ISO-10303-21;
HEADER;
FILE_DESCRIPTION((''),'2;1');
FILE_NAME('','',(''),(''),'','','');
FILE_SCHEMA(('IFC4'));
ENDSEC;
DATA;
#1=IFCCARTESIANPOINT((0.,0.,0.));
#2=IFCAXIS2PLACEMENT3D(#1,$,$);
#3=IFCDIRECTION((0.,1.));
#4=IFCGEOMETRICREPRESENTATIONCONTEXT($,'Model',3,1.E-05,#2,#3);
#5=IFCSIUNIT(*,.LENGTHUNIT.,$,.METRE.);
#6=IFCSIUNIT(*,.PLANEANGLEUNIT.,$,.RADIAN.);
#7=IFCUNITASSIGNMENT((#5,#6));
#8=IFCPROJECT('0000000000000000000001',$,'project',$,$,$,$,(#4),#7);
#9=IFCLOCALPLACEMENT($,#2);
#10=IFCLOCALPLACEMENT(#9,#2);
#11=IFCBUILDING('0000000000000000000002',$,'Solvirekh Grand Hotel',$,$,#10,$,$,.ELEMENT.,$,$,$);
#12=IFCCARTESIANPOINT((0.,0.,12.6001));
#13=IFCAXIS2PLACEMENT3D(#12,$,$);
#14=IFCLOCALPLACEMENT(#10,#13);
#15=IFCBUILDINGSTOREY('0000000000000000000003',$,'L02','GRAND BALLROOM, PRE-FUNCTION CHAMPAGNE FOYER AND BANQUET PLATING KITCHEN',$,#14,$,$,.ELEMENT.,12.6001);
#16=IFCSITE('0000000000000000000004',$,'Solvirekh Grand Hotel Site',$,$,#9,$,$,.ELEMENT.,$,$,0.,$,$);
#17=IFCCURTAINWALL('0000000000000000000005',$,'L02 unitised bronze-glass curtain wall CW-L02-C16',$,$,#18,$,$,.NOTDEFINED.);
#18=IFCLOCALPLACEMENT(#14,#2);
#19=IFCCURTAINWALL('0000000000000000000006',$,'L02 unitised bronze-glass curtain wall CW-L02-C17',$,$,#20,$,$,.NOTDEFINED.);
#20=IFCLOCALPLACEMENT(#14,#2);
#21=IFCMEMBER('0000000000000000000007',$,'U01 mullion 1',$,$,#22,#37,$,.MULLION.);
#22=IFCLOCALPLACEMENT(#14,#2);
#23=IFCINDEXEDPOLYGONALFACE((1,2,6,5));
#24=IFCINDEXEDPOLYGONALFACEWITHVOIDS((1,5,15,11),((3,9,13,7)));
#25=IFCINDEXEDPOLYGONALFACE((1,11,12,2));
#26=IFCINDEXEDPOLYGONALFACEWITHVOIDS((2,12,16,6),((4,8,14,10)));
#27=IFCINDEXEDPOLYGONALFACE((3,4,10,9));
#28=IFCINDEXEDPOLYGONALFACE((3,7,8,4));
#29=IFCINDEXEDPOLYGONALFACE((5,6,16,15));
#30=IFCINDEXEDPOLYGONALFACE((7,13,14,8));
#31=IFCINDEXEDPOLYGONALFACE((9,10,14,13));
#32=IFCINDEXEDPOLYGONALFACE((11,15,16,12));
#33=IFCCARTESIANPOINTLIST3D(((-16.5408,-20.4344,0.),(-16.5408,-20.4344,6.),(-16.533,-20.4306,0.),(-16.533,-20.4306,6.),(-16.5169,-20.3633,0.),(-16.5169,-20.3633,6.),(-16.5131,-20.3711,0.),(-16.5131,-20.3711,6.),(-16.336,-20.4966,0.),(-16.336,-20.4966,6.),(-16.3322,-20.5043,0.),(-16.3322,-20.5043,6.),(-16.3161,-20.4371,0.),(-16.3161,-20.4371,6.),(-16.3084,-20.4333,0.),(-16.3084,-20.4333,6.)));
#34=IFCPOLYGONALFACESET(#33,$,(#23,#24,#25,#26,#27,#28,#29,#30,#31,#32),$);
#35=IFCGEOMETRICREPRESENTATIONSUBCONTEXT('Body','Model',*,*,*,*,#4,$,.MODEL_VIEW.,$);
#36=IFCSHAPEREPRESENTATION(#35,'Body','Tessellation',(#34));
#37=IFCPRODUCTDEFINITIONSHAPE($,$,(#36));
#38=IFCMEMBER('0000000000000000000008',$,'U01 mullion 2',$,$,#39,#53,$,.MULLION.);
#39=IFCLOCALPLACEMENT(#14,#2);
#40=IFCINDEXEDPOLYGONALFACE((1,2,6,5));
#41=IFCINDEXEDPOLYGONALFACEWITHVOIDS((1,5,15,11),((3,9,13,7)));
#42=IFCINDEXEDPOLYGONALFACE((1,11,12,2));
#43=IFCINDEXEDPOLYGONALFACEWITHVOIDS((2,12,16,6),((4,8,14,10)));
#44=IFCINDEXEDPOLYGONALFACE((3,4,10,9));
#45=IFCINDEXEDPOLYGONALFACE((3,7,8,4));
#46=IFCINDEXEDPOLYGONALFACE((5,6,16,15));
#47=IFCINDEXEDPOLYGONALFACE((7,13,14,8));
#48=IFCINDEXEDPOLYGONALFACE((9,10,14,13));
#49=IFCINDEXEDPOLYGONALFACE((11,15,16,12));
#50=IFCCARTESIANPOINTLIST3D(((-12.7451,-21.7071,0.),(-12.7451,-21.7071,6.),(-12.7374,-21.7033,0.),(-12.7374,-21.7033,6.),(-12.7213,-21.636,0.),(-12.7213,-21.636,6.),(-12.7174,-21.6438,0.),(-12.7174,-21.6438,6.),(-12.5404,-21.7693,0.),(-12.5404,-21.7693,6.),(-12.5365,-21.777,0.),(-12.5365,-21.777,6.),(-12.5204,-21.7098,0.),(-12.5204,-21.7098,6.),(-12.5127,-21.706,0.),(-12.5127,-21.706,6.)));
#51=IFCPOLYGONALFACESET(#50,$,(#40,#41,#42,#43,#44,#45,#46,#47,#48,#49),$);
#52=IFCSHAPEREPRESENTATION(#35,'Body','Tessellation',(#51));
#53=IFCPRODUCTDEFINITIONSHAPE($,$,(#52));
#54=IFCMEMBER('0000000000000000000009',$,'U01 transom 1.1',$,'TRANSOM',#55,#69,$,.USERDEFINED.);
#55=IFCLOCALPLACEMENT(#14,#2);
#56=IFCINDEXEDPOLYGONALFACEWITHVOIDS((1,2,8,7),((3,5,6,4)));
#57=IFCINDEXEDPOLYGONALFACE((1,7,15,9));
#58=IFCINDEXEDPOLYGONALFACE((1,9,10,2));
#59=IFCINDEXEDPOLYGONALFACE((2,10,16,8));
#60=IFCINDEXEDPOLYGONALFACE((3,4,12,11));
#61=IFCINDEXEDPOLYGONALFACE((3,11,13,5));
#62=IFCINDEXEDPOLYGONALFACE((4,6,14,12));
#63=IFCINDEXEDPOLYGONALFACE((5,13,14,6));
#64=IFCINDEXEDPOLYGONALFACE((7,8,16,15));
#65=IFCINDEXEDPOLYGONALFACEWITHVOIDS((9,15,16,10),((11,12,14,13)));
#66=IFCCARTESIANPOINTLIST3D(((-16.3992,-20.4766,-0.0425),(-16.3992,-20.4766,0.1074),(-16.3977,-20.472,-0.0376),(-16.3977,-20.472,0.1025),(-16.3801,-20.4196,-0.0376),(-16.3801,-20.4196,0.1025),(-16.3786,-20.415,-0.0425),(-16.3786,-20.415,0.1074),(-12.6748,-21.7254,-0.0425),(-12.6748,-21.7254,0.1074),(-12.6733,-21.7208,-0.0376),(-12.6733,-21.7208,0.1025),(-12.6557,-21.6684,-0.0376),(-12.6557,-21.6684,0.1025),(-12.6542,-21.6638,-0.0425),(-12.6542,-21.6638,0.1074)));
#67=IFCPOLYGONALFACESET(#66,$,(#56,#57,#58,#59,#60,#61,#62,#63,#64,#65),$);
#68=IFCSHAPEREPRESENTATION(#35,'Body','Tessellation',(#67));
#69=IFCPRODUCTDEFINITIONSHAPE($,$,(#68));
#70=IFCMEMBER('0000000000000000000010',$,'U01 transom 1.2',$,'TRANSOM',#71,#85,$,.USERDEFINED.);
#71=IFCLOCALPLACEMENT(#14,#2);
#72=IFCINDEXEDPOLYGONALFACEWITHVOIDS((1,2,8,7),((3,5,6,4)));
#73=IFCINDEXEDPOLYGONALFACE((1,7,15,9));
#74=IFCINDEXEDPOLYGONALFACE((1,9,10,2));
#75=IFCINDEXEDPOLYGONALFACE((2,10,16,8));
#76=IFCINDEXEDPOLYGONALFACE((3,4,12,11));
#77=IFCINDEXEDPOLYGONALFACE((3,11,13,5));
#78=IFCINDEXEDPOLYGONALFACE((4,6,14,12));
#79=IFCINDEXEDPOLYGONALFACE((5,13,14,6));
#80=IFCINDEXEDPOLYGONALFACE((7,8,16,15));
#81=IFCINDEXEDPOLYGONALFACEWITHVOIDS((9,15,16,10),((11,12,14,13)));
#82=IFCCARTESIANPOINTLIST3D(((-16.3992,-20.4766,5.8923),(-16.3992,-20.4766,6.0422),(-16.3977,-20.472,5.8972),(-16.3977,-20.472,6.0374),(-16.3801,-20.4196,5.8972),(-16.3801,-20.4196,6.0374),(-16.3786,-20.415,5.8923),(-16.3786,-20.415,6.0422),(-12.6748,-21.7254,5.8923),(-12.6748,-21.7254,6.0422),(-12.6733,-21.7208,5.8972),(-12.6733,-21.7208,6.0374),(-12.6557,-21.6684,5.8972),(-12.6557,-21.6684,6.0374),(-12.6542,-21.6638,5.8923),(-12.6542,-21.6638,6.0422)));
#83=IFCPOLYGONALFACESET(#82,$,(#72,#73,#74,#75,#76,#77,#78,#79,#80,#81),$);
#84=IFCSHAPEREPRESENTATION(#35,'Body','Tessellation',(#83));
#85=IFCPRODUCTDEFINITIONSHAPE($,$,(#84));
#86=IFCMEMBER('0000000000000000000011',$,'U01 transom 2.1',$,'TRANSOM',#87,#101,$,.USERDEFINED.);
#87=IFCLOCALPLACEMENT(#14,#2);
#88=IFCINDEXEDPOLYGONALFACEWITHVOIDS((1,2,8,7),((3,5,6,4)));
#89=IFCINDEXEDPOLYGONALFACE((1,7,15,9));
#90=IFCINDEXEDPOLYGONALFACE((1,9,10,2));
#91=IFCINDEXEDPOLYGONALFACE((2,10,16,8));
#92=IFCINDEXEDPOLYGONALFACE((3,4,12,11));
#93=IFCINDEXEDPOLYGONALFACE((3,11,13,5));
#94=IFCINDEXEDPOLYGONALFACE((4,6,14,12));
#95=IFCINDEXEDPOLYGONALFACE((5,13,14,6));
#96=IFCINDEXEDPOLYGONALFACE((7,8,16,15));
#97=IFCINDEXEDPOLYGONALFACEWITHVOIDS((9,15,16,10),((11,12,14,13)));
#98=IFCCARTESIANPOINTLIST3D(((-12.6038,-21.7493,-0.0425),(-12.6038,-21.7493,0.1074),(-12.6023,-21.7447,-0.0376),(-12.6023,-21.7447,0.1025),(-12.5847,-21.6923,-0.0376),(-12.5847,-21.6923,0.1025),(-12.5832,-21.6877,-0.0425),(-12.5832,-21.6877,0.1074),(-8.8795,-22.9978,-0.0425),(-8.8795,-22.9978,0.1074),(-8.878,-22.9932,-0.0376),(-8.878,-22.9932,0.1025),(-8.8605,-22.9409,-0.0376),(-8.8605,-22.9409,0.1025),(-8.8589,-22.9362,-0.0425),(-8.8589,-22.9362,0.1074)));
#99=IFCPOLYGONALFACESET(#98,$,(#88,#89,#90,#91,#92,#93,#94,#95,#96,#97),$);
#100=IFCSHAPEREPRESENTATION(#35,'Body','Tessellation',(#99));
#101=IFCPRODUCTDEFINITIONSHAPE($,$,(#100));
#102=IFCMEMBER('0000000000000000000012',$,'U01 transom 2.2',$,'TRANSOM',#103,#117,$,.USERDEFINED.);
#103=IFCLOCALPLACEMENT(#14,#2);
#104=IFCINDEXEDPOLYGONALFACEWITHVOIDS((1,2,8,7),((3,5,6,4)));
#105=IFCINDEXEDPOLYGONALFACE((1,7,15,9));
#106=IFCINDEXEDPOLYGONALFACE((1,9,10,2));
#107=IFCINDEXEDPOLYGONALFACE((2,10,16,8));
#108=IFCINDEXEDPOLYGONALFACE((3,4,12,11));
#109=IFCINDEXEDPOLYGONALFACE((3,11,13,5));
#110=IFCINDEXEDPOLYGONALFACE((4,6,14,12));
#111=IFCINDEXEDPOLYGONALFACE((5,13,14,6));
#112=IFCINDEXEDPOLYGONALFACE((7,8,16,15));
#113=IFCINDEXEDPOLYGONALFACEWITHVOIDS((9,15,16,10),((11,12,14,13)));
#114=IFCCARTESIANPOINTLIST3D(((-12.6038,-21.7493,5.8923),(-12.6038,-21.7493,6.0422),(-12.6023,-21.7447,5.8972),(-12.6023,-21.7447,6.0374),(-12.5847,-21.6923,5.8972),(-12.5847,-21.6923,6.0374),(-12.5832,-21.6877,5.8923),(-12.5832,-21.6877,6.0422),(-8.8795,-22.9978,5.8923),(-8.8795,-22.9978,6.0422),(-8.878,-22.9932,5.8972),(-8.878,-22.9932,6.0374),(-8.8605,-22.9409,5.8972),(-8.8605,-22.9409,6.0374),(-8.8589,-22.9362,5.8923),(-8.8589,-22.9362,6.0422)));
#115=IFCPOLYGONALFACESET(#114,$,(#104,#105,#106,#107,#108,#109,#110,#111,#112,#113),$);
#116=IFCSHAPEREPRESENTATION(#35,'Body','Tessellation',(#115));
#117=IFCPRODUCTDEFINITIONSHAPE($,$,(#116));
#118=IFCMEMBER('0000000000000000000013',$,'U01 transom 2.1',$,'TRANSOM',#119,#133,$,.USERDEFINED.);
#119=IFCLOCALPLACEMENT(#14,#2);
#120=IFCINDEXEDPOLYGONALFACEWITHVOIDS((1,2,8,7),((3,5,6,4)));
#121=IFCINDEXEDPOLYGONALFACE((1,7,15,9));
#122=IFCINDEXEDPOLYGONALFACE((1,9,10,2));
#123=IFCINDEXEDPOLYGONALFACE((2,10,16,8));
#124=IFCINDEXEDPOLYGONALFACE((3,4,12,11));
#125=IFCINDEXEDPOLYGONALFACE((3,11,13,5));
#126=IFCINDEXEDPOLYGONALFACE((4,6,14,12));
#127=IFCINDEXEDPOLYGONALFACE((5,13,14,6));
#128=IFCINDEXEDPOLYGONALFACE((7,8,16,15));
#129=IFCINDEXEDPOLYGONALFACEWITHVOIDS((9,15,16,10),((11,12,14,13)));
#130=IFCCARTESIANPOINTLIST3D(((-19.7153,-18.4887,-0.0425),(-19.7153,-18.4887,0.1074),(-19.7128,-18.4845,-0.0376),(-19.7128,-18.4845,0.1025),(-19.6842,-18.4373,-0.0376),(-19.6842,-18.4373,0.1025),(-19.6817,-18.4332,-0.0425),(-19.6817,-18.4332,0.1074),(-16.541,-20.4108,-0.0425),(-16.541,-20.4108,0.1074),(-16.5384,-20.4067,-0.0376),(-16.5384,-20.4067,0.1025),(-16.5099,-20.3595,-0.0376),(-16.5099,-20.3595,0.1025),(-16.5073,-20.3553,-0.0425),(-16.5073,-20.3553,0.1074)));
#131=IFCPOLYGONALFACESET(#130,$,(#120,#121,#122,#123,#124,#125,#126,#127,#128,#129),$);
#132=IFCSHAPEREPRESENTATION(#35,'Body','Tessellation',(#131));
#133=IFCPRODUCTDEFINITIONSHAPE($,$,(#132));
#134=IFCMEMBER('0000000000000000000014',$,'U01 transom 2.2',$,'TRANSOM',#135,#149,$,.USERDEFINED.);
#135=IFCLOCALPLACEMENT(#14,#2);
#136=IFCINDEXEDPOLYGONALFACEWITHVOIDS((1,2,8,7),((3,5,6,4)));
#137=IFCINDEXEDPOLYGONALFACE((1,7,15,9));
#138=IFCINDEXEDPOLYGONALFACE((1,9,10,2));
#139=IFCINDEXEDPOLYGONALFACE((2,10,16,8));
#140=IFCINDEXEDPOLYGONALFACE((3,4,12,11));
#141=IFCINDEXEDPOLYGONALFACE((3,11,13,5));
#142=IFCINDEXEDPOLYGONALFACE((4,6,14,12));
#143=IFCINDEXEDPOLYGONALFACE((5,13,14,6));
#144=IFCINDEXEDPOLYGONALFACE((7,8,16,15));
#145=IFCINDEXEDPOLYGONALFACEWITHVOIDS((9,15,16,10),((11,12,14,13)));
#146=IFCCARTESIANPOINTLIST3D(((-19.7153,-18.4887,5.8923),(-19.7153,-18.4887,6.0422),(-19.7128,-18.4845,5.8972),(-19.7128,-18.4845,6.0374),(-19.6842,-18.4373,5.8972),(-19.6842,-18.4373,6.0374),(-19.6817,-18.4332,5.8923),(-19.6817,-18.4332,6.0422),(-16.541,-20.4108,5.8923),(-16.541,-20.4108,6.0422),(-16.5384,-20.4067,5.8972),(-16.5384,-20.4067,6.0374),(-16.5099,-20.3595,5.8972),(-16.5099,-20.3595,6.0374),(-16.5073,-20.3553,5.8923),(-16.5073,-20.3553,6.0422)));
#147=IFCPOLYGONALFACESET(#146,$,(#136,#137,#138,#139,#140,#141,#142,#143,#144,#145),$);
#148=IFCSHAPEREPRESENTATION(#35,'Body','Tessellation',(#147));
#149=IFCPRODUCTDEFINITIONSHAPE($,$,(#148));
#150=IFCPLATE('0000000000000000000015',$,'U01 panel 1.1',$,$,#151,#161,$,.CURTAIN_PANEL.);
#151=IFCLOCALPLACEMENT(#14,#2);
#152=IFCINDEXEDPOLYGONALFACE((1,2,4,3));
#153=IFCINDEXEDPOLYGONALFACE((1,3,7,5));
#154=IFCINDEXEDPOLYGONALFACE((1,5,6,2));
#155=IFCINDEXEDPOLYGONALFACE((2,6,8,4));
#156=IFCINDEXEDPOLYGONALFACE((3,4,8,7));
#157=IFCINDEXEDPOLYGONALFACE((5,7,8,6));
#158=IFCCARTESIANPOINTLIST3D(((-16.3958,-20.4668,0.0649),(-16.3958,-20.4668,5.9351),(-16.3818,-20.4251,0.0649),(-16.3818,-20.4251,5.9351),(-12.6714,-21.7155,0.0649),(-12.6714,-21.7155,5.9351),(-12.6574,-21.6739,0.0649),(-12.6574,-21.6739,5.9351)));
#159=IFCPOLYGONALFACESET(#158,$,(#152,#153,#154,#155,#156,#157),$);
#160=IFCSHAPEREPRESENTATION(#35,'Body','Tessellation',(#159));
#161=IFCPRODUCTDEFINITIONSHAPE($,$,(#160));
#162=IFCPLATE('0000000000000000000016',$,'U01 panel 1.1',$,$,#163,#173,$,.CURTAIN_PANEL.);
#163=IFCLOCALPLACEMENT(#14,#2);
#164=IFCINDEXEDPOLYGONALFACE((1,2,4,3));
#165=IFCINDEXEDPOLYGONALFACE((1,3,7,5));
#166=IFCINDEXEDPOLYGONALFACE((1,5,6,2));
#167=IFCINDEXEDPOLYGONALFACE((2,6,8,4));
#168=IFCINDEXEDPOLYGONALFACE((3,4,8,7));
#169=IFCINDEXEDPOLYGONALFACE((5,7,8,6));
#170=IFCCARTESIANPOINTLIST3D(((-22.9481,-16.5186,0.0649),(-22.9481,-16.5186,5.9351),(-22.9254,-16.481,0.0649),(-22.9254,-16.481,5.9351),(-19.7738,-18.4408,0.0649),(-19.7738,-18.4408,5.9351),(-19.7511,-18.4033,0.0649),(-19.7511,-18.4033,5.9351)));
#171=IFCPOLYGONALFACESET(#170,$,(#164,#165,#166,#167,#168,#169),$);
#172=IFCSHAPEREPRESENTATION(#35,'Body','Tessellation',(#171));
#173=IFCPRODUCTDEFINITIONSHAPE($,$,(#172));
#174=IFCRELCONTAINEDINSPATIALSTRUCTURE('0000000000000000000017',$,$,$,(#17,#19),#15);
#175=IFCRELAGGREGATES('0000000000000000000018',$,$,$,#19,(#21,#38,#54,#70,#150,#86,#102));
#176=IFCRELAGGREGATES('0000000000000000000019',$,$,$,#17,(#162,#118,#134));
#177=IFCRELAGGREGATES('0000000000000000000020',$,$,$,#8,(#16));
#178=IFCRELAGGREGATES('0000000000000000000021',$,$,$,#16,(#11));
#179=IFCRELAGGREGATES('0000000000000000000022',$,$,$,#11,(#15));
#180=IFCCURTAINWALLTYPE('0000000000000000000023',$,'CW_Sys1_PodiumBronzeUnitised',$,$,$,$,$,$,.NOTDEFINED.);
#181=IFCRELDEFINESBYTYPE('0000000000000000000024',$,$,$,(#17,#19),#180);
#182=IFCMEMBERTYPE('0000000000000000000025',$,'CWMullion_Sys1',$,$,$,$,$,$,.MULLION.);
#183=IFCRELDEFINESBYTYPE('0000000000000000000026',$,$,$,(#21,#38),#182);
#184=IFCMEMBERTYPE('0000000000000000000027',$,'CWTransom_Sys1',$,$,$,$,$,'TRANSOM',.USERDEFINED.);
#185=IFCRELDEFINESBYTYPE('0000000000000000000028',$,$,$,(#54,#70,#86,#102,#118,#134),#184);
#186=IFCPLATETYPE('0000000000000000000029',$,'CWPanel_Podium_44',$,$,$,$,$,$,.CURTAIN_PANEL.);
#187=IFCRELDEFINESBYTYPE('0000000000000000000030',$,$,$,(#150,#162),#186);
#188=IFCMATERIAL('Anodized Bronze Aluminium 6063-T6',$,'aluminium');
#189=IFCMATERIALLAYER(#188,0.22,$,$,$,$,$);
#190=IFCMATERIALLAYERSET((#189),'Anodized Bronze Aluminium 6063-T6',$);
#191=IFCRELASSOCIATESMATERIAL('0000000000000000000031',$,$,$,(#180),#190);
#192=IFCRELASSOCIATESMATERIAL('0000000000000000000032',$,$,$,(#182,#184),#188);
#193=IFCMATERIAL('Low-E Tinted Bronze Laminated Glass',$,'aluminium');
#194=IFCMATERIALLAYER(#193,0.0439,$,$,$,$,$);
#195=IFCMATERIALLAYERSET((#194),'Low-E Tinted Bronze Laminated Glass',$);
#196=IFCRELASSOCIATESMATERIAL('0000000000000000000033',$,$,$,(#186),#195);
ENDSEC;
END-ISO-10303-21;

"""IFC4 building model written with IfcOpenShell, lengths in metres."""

from ifc_helpers import new_model, si_unit, direction, frame, origin, origin_2d, place, context, subcontext, project, spatial, rectangle, hollow_rectangle, extrude, source, transform, mapped, material, layer, layer_set, material_profile, profile_set, type_object, element, aggregate, save


model = new_model("IFC4")

# Units and contexts
model_context = context("Model", 3, precision=1e-05, world=origin(), true_north=direction((0.0, 1.0)))
body_context = subcontext(model_context, "Body", "Model", "MODEL_VIEW")
ifc_project = project(units=[si_unit("LENGTHUNIT", "METRE"), si_unit("PLANEANGLEUNIT", "RADIAN")], contexts=[model_context])

# Site, building, storey
site_placement = place(None, origin())
site = spatial("IfcSite", under=ifc_project, at=site_placement, Name="Solvirekh Grand Hotel Site", CompositionType="ELEMENT", RefElevation=0.0)
building_placement = place(site_placement, origin())
building = spatial("IfcBuilding", under=site, at=building_placement, Name="Solvirekh Grand Hotel", CompositionType="ELEMENT")
storey_placement = place(building_placement, frame((0.0, 0.0, 12.6001)))
storey = spatial("IfcBuildingStorey", under=building, at=storey_placement, Name="L02", Description="GRAND BALLROOM, PRE-FUNCTION CHAMPAGNE FOYER AND BANQUET PLATING KITCHEN", CompositionType="ELEMENT", Elevation=12.6001)

# Curtain walls, members
ifc_material_1 = material(Name="Anodized Bronze Aluminium 6063-T6", Category="aluminium")
ifc_layer_1 = layer(ifc_material_1, 0.22)
ifc_layer_set_1 = layer_set([ifc_layer_1], Name="Anodized Bronze Aluminium 6063-T6")
curtain_wall_type = type_object("IfcCurtainWallType", Name="CW_Sys1_PodiumBronzeUnitised", PredefinedType="NOTDEFINED", material=ifc_layer_set_1)
curtain_wall_1_placement = place(storey_placement, origin())
curtain_wall_1 = element("IfcCurtainWall", 1, at=curtain_wall_1_placement, inside=storey, type_object=curtain_wall_type, Name="L02 unitised bronze-glass curtain wall CW-L02-C16", PredefinedType="NOTDEFINED")
ifc_material_profile_1 = material_profile(ifc_material_1, hollow_rectangle(XDim=0.075, YDim=0.22, WallThickness=0.0061, at=origin_2d()), Name="ALU RHS 220X75X6")
ifc_profile_set_1 = profile_set([ifc_material_profile_1], Name="Anodized Bronze Aluminium 6063-T6")
member_type_1 = type_object("IfcMemberType", Name="CWMullion_Sys1", PredefinedType="MULLION", material=ifc_profile_set_1)
shared_shape_1 = source(origin(), body_context, "Body", "SweptSolid", [
    extrude(hollow_rectangle(XDim=0.075, YDim=0.22, WallThickness=0.0061, at=origin_2d()), origin(), (0.0, 0.0, 1.0), 6.0),
])
curtain_wall_2_placement = place(storey_placement, origin())
curtain_wall_2 = element("IfcCurtainWall", 2, at=curtain_wall_2_placement, inside=storey, type_object=curtain_wall_type, Name="L02 unitised bronze-glass curtain wall CW-L02-C17", PredefinedType="NOTDEFINED")
member_1_placement = place(storey_placement, frame((-16.4246, -20.4338, 0.0), z_axis=(0.0, 0.0, 1.0), x_axis=(0.317898, 0.948125, 0.0)))
member_1 = element("IfcMember", 3, at=member_1_placement, type_object=member_type_1, Name="U01 mullion 1", PredefinedType="MULLION", context=body_context, shape_type="MappedRepresentation", body=[
    mapped(shared_shape_1, transform((0.0, 0.0, 0.0), x_axis=(1.0, 0.0, 0.0), y_axis=(0.0, 1.0, 0.0), z_axis=(0.0, 0.0, 1.0), scale=1.0)),
])
member_2_placement = place(storey_placement, frame((-12.6289, -21.7065, 0.0), z_axis=(0.0, 0.0, 1.0), x_axis=(0.317898, 0.948125, 0.0)))
member_2 = element("IfcMember", 4, at=member_2_placement, type_object=member_type_1, Name="U01 mullion 2", PredefinedType="MULLION", context=body_context, shape_type="MappedRepresentation", body=[
    mapped(shared_shape_1, transform((0.0, 0.0, 0.0), x_axis=(1.0, 0.0, 0.0), y_axis=(0.0, 1.0, 0.0), z_axis=(0.0, 0.0, 1.0), scale=1.0)),
])
ifc_material_profile_2 = material_profile(ifc_material_1, hollow_rectangle(XDim=0.0649, YDim=0.1499, WallThickness=0.0049, at=origin_2d()), Name="ALU RHS 150X65X5")
ifc_profile_set_2 = profile_set([ifc_material_profile_2], Name="Anodized Bronze Aluminium 6063-T6")
member_type_2 = type_object("IfcMemberType", Name="CWTransom_Sys1", ElementType="TRANSOM", PredefinedType="USERDEFINED", material=ifc_profile_set_2)
shared_shape_2 = source(origin(), body_context, "Body", "SweptSolid", [
    extrude(hollow_rectangle(XDim=0.0649, YDim=0.1499, WallThickness=0.0049, at=origin_2d()), origin(), (0.0, 0.0, 1.0), 3.9282),
])
member_3_placement = place(storey_placement, frame((-16.3889, -20.4458, 0.0325), z_axis=(0.948122, -0.317905, 0.0), x_axis=(0.317905, 0.948122, 0.0)))
member_3 = element("IfcMember", 5, at=member_3_placement, type_object=member_type_2, Name="U01 transom 1.1", ObjectType="TRANSOM", PredefinedType="USERDEFINED", context=body_context, shape_type="MappedRepresentation", body=[
    mapped(shared_shape_2, transform((0.0, 0.0, 0.0), x_axis=(1.0, 0.0, 0.0), y_axis=(0.0, 1.0, 0.0), z_axis=(0.0, 0.0, 1.0), scale=1.0)),
])
member_4_placement = place(storey_placement, frame((-16.3889, -20.4458, 5.9673), z_axis=(0.948122, -0.317905, 0.0), x_axis=(0.317905, 0.948122, 0.0)))
member_4 = element("IfcMember", 6, at=member_4_placement, type_object=member_type_2, Name="U01 transom 1.2", ObjectType="TRANSOM", PredefinedType="USERDEFINED", context=body_context, shape_type="MappedRepresentation", body=[
    mapped(shared_shape_2, transform((0.0, 0.0, 0.0), x_axis=(1.0, 0.0, 0.0), y_axis=(0.0, 1.0, 0.0), z_axis=(0.0, 0.0, 1.0), scale=1.0)),
])
shared_shape_3 = source(origin(), body_context, "Body", "SweptSolid", [
    extrude(hollow_rectangle(XDim=0.0649, YDim=0.1499, WallThickness=0.0049, at=origin_2d()), origin(), (0.0, 0.0, 1.0), 3.928),
])
member_5_placement = place(storey_placement, frame((-12.5935, -21.7185, 0.0325), z_axis=(0.948141, -0.317849, 0.0), x_axis=(0.317849, 0.948141, 0.0)))
member_5 = element("IfcMember", 7, at=member_5_placement, type_object=member_type_2, Name="U01 transom 2.1", ObjectType="TRANSOM", PredefinedType="USERDEFINED", context=body_context, shape_type="MappedRepresentation", body=[
    mapped(shared_shape_3, transform((0.0, 0.0, 0.0), x_axis=(1.0, 0.0, 0.0), y_axis=(0.0, 1.0, 0.0), z_axis=(0.0, 0.0, 1.0), scale=1.0)),
])
member_6_placement = place(storey_placement, frame((-12.5935, -21.7185, 5.9673), z_axis=(0.948141, -0.317849, 0.0), x_axis=(0.317849, 0.948141, 0.0)))
member_6 = element("IfcMember", 8, at=member_6_placement, type_object=member_type_2, Name="U01 transom 2.2", ObjectType="TRANSOM", PredefinedType="USERDEFINED", context=body_context, shape_type="MappedRepresentation", body=[
    mapped(shared_shape_3, transform((0.0, 0.0, 0.0), x_axis=(1.0, 0.0, 0.0), y_axis=(0.0, 1.0, 0.0), z_axis=(0.0, 0.0, 1.0), scale=1.0)),
])

# Members
shared_shape_4 = source(origin(), body_context, "Body", "SweptSolid", [
    extrude(hollow_rectangle(XDim=0.0649, YDim=0.1499, WallThickness=0.0049, at=origin_2d()), origin(), (0.0, 0.0, 1.0), 3.7109),
])
member_7_placement = place(storey_placement, frame((-19.6985, -18.4609, 0.0325), z_axis=(0.855402, -0.517965, 0.0), x_axis=(0.517965, 0.855402, 0.0)))
member_7 = element("IfcMember", 9, at=member_7_placement, type_object=member_type_2, Name="U01 transom 2.1", ObjectType="TRANSOM", PredefinedType="USERDEFINED", context=body_context, shape_type="MappedRepresentation", body=[
    mapped(shared_shape_4, transform((0.0, 0.0, 0.0), x_axis=(1.0, 0.0, 0.0), y_axis=(0.0, 1.0, 0.0), z_axis=(0.0, 0.0, 1.0), scale=1.0)),
])
member_8_placement = place(storey_placement, frame((-19.6985, -18.4609, 5.9673), z_axis=(0.855402, -0.517965, 0.0), x_axis=(0.517965, 0.855402, 0.0)))
member_8 = element("IfcMember", 10, at=member_8_placement, type_object=member_type_2, Name="U01 transom 2.2", ObjectType="TRANSOM", PredefinedType="USERDEFINED", context=body_context, shape_type="MappedRepresentation", body=[
    mapped(shared_shape_4, transform((0.0, 0.0, 0.0), x_axis=(1.0, 0.0, 0.0), y_axis=(0.0, 1.0, 0.0), z_axis=(0.0, 0.0, 1.0), scale=1.0)),
])

# Plates
ifc_material_2 = material(Name="Low-E Tinted Bronze Laminated Glass", Category="aluminium")
ifc_layer_2 = layer(ifc_material_2, 0.0439)
ifc_layer_set_2 = layer_set([ifc_layer_2], Name="Low-E Tinted Bronze Laminated Glass")
plate_type = type_object("IfcPlateType", Name="CWPanel_Podium_44", PredefinedType="CURTAIN_PANEL", material=ifc_layer_set_2)
shared_shape_5 = source(origin(), body_context, "Body", "SweptSolid", [
    extrude(rectangle(XDim=3.9282, YDim=0.0439, at=origin_2d()), origin(), (0.0, 0.0, 1.0), 5.8701),
])
plate_1_placement = place(storey_placement, frame((-14.5266, -21.0703, 0.0649), z_axis=(0.0, 0.0, 1.0), x_axis=(0.948125, -0.317898, 0.0)))
plate_1 = element("IfcPlate", 11, at=plate_1_placement, type_object=plate_type, Name="U01 panel 1.1", PredefinedType="CURTAIN_PANEL", context=body_context, shape_type="MappedRepresentation", body=[
    mapped(shared_shape_5, transform((0.0, 0.0, 0.0), x_axis=(1.0, 0.0, 0.0), y_axis=(0.0, 1.0, 0.0), z_axis=(0.0, 0.0, 1.0), scale=1.0)),
])
aggregate(curtain_wall_2, [member_1, member_2, member_3, member_4, plate_1, member_5, member_6])
shared_shape_6 = source(origin(), body_context, "Body", "SweptSolid", [
    extrude(rectangle(XDim=3.7109, YDim=0.0439, at=origin_2d()), origin(), (0.0, 0.0, 1.0), 5.8701),
])
plate_2_placement = place(storey_placement, frame((-21.3496, -17.4609, 0.0649), z_axis=(0.0, 0.0, 1.0), x_axis=(0.855386, -0.517992, 0.0)))
plate_2 = element("IfcPlate", 12, at=plate_2_placement, type_object=plate_type, Name="U01 panel 1.1", PredefinedType="CURTAIN_PANEL", context=body_context, shape_type="MappedRepresentation", body=[
    mapped(shared_shape_6, transform((0.0, 0.0, 0.0), x_axis=(1.0, 0.0, 0.0), y_axis=(0.0, 1.0, 0.0), z_axis=(0.0, 0.0, 1.0), scale=1.0)),
])
aggregate(curtain_wall_1, [plate_2, member_7, member_8])

save(model, "model.ifc")
